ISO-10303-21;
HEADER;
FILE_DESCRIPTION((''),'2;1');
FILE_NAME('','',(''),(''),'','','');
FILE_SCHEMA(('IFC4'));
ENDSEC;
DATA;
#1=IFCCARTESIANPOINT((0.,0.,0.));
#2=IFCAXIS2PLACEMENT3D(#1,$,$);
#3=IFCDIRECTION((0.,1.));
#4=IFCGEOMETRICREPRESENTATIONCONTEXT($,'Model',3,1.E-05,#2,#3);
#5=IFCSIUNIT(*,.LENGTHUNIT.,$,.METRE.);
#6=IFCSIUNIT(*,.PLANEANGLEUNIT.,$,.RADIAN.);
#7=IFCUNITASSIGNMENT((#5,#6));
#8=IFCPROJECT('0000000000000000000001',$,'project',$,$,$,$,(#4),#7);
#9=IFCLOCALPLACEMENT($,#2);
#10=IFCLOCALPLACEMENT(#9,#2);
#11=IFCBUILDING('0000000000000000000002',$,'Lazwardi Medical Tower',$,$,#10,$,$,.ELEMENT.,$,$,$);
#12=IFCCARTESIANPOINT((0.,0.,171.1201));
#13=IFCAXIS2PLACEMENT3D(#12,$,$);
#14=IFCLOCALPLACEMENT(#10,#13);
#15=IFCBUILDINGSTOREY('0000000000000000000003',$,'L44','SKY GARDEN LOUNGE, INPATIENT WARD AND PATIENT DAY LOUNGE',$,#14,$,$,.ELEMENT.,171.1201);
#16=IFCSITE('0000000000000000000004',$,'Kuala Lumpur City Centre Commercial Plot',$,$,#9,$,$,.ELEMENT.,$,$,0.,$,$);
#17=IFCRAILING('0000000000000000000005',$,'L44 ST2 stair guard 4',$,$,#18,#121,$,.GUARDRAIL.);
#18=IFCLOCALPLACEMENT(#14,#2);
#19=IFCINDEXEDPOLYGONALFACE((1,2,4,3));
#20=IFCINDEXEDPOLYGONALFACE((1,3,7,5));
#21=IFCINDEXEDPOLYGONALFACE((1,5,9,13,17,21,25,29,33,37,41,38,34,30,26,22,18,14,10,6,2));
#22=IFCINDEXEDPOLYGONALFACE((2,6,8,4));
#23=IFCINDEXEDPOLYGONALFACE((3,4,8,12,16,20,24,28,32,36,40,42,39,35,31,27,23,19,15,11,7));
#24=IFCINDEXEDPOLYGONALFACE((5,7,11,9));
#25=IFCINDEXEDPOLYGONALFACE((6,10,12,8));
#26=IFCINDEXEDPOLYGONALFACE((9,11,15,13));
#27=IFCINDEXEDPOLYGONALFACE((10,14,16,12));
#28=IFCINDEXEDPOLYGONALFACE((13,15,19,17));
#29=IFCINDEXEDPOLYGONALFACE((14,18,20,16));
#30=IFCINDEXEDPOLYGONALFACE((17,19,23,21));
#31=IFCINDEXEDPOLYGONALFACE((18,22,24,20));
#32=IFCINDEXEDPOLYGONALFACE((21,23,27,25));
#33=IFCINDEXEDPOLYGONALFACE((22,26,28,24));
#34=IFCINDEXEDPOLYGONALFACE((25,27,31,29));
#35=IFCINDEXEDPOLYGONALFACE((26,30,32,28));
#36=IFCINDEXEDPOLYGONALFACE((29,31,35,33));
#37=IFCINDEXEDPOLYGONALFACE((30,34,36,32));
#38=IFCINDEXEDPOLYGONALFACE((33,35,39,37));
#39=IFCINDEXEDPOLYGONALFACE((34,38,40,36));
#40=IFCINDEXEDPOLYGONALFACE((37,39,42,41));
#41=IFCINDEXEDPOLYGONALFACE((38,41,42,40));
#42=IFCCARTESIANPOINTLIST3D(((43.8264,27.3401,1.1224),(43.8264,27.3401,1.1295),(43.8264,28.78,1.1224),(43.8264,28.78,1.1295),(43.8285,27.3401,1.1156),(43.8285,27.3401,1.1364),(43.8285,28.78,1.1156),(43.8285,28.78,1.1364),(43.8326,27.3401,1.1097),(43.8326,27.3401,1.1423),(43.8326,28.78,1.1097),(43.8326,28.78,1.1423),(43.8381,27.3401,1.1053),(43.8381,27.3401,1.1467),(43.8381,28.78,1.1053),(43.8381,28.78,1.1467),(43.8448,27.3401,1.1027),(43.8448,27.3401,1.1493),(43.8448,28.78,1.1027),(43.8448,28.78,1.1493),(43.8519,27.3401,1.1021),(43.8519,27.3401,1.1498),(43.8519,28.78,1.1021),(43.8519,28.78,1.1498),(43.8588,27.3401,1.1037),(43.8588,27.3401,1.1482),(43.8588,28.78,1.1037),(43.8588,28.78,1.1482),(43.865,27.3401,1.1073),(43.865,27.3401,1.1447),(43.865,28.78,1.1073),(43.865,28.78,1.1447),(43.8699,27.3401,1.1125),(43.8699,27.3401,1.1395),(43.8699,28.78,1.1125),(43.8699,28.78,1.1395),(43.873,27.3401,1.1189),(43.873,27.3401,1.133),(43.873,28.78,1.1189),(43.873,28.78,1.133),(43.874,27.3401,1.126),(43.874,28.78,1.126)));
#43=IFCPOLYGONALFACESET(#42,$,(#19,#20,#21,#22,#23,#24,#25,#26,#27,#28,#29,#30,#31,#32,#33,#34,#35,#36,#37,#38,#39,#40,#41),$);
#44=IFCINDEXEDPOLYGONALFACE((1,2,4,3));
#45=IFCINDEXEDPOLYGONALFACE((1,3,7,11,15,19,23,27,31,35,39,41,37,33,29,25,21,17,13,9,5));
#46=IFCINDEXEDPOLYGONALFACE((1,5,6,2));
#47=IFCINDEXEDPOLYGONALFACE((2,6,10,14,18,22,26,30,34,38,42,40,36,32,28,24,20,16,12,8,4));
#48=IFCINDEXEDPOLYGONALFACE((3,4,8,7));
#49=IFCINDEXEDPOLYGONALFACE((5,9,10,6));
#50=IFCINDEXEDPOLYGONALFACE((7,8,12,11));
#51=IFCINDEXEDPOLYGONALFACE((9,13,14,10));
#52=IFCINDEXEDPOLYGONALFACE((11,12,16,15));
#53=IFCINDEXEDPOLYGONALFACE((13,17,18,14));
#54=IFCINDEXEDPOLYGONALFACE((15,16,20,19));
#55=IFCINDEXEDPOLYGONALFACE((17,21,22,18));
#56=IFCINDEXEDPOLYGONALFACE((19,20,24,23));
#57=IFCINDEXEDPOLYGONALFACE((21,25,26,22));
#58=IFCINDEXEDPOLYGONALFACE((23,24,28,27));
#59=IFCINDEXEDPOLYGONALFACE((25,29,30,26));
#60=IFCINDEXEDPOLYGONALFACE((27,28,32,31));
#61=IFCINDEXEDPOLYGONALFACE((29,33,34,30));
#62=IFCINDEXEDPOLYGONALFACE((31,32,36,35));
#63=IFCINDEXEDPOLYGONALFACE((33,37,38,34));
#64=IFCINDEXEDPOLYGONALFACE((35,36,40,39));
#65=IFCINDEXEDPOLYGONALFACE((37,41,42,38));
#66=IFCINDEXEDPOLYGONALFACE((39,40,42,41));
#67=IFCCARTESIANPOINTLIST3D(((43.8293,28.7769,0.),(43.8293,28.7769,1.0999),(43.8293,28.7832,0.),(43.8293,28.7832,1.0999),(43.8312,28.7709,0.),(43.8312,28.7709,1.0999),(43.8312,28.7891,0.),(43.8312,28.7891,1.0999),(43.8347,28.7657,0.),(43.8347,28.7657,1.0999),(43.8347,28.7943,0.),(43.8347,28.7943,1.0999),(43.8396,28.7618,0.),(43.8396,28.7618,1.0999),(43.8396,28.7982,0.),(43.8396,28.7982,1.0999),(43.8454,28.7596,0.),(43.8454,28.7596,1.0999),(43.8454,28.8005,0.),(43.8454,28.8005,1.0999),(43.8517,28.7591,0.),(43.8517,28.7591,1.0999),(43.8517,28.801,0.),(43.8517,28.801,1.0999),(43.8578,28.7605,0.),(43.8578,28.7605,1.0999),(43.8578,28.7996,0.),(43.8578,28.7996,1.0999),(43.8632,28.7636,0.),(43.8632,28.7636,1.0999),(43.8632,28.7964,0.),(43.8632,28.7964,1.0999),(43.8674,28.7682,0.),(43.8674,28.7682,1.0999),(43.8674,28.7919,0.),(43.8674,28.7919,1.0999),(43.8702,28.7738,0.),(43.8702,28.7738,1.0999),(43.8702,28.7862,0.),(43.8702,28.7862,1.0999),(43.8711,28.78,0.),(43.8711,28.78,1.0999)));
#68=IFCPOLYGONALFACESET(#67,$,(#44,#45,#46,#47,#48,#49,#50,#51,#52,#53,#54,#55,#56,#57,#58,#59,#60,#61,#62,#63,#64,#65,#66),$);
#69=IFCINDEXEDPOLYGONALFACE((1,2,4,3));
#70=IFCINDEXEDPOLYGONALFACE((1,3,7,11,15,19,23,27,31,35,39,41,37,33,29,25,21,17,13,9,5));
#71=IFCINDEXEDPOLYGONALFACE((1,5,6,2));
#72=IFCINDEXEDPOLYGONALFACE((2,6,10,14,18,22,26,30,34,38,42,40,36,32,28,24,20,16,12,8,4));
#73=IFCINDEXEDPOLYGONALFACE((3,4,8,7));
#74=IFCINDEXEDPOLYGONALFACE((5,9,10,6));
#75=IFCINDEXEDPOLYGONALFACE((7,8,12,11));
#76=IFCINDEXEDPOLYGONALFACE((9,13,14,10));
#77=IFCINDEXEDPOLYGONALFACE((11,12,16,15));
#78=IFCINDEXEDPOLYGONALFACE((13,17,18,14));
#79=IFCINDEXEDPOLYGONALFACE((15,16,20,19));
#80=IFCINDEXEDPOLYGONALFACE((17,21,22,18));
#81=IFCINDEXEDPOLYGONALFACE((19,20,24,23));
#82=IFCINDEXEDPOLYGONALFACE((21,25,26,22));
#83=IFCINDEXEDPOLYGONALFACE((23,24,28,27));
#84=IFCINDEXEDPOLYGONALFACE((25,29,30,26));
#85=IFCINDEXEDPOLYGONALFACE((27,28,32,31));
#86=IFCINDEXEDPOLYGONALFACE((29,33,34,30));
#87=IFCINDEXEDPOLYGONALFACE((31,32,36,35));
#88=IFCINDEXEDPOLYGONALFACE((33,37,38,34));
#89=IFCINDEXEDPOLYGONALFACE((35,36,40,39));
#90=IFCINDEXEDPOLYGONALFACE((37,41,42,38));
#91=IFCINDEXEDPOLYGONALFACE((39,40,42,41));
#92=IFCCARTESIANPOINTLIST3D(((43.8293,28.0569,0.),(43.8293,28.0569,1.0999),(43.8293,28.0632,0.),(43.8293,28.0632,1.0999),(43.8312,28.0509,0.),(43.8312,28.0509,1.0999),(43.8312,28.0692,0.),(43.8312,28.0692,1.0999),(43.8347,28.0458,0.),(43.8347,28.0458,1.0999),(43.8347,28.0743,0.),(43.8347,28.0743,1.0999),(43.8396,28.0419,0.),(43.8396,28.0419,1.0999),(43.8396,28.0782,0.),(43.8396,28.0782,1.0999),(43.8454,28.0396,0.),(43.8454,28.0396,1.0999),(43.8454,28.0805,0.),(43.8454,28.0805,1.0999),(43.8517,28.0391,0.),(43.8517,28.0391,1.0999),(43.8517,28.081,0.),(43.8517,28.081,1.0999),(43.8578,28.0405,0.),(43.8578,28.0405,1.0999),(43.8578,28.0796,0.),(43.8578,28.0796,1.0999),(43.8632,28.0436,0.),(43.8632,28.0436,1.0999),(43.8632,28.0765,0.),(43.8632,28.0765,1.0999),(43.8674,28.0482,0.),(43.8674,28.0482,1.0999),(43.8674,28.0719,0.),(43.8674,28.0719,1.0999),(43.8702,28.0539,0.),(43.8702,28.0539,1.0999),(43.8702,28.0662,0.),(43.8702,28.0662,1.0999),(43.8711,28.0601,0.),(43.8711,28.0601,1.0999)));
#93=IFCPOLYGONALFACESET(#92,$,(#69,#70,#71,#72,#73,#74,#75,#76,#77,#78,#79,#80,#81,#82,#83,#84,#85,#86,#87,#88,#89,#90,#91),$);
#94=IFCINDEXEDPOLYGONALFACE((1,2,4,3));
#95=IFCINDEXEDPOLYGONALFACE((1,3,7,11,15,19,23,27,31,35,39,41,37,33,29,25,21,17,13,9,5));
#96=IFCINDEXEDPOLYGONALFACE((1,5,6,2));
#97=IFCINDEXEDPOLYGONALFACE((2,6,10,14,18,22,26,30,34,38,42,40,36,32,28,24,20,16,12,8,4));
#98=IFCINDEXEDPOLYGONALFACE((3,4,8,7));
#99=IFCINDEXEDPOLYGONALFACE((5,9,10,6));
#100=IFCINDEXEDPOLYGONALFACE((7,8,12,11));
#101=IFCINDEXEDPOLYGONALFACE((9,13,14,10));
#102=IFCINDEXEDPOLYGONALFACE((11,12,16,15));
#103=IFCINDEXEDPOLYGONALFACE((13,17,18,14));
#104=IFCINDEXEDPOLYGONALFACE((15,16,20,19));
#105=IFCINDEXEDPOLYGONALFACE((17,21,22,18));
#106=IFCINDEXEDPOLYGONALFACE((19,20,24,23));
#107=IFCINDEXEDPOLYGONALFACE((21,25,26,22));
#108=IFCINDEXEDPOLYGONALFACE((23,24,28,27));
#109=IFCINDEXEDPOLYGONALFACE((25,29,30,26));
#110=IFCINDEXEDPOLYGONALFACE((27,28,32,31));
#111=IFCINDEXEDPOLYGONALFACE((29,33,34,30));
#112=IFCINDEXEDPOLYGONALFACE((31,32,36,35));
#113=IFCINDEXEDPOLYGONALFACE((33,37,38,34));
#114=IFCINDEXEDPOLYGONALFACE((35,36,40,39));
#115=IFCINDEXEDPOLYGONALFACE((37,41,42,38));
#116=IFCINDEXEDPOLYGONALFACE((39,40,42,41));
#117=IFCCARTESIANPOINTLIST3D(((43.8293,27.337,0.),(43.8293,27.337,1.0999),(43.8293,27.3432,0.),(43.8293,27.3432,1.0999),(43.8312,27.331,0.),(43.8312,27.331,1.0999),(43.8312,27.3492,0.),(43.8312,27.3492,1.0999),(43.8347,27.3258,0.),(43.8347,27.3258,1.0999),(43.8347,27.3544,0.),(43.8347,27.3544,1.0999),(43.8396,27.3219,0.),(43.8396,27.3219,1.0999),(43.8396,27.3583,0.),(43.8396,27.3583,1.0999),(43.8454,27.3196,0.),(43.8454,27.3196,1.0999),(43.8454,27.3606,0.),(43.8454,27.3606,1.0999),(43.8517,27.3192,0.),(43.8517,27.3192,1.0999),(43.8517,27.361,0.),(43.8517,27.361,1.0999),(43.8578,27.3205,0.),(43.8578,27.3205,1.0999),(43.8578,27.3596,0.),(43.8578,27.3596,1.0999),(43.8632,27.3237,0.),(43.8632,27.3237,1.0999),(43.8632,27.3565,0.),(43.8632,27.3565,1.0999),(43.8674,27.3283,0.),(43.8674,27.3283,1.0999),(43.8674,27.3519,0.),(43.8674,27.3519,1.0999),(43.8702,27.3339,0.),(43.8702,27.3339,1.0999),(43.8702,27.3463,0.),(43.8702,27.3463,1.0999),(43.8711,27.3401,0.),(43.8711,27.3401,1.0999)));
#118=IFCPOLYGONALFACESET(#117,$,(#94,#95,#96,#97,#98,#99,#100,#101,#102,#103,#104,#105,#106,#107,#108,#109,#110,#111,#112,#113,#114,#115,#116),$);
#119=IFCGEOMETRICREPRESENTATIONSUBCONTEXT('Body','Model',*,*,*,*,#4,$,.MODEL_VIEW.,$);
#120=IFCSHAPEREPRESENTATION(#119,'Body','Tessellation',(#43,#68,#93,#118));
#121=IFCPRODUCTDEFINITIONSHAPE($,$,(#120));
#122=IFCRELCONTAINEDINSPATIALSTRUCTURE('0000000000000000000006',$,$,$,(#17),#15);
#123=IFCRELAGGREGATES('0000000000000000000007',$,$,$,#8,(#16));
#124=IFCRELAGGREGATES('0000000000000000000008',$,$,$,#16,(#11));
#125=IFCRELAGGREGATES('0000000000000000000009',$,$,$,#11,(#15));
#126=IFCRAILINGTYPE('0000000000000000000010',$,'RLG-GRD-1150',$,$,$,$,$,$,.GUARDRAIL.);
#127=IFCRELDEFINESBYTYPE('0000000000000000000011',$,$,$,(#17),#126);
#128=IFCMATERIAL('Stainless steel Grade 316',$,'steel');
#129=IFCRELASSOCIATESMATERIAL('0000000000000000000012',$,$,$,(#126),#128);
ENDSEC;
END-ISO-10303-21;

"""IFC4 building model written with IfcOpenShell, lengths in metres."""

from ifc_helpers import new_model, si_unit, direction, frame, origin, origin_2d, place, context, subcontext, project, spatial, circle, extrude, material, type_object, element, save


model = new_model("IFC4")

# Units and contexts
model_context = context("Model", 3, precision=1e-05, world=origin(), true_north=direction((0.0, 1.0)))
body_context = subcontext(model_context, "Body", "Model", "MODEL_VIEW")
ifc_project = project(units=[si_unit("LENGTHUNIT", "METRE"), si_unit("PLANEANGLEUNIT", "RADIAN")], contexts=[model_context])

# Site, building, storey
site_placement = place(None, origin())
site = spatial("IfcSite", under=ifc_project, at=site_placement, Name="Kuala Lumpur City Centre Commercial Plot", CompositionType="ELEMENT", RefElevation=0.0)
building_placement = place(site_placement, origin())
building = spatial("IfcBuilding", under=site, at=building_placement, Name="Lazwardi Medical Tower", CompositionType="ELEMENT")
storey_placement = place(building_placement, frame((0.0, 0.0, 171.1201)))
storey = spatial("IfcBuildingStorey", under=building, at=storey_placement, Name="L44", Description="SKY GARDEN LOUNGE, INPATIENT WARD AND PATIENT DAY LOUNGE", CompositionType="ELEMENT", Elevation=171.1201)

# Railing
ifc_material_1 = material(Name="Stainless steel Grade 316", Category="steel")
railing_type_1 = type_object("IfcRailingType", Name="RLG-GRD-1150", PredefinedType="GUARDRAIL", material=ifc_material_1)
railing_1_placement = place(storey_placement, frame((43.8501, 28.78, 0.0)))
element("IfcRailing", 1, at=railing_1_placement, inside=storey, type_object=railing_type_1, Name="L44 ST2 stair guard 4", PredefinedType="GUARDRAIL", context=body_context, shape_type="SweptSolid", body=[
    extrude(circle(Radius=0.0239, at=origin_2d()), frame((0.0, 0.0, 1.126), z_axis=(0.0, -1.0, 0.0), x_axis=(1.0, 0.0, 0.0)), (0.0, 0.0, 1.0), 1.4399),
    extrude(circle(Radius=0.021, at=origin_2d()), origin(), (0.0, 0.0, 1.0), 1.0999),
    extrude(circle(Radius=0.021, at=origin_2d()), frame((0.0, -0.72, 0.0)), (0.0, 0.0, 1.0), 1.0999),
    extrude(circle(Radius=0.021, at=origin_2d()), frame((0.0, -1.4399, 0.0)), (0.0, 0.0, 1.0), 1.0999),
])

save(model, "model.ifc")
